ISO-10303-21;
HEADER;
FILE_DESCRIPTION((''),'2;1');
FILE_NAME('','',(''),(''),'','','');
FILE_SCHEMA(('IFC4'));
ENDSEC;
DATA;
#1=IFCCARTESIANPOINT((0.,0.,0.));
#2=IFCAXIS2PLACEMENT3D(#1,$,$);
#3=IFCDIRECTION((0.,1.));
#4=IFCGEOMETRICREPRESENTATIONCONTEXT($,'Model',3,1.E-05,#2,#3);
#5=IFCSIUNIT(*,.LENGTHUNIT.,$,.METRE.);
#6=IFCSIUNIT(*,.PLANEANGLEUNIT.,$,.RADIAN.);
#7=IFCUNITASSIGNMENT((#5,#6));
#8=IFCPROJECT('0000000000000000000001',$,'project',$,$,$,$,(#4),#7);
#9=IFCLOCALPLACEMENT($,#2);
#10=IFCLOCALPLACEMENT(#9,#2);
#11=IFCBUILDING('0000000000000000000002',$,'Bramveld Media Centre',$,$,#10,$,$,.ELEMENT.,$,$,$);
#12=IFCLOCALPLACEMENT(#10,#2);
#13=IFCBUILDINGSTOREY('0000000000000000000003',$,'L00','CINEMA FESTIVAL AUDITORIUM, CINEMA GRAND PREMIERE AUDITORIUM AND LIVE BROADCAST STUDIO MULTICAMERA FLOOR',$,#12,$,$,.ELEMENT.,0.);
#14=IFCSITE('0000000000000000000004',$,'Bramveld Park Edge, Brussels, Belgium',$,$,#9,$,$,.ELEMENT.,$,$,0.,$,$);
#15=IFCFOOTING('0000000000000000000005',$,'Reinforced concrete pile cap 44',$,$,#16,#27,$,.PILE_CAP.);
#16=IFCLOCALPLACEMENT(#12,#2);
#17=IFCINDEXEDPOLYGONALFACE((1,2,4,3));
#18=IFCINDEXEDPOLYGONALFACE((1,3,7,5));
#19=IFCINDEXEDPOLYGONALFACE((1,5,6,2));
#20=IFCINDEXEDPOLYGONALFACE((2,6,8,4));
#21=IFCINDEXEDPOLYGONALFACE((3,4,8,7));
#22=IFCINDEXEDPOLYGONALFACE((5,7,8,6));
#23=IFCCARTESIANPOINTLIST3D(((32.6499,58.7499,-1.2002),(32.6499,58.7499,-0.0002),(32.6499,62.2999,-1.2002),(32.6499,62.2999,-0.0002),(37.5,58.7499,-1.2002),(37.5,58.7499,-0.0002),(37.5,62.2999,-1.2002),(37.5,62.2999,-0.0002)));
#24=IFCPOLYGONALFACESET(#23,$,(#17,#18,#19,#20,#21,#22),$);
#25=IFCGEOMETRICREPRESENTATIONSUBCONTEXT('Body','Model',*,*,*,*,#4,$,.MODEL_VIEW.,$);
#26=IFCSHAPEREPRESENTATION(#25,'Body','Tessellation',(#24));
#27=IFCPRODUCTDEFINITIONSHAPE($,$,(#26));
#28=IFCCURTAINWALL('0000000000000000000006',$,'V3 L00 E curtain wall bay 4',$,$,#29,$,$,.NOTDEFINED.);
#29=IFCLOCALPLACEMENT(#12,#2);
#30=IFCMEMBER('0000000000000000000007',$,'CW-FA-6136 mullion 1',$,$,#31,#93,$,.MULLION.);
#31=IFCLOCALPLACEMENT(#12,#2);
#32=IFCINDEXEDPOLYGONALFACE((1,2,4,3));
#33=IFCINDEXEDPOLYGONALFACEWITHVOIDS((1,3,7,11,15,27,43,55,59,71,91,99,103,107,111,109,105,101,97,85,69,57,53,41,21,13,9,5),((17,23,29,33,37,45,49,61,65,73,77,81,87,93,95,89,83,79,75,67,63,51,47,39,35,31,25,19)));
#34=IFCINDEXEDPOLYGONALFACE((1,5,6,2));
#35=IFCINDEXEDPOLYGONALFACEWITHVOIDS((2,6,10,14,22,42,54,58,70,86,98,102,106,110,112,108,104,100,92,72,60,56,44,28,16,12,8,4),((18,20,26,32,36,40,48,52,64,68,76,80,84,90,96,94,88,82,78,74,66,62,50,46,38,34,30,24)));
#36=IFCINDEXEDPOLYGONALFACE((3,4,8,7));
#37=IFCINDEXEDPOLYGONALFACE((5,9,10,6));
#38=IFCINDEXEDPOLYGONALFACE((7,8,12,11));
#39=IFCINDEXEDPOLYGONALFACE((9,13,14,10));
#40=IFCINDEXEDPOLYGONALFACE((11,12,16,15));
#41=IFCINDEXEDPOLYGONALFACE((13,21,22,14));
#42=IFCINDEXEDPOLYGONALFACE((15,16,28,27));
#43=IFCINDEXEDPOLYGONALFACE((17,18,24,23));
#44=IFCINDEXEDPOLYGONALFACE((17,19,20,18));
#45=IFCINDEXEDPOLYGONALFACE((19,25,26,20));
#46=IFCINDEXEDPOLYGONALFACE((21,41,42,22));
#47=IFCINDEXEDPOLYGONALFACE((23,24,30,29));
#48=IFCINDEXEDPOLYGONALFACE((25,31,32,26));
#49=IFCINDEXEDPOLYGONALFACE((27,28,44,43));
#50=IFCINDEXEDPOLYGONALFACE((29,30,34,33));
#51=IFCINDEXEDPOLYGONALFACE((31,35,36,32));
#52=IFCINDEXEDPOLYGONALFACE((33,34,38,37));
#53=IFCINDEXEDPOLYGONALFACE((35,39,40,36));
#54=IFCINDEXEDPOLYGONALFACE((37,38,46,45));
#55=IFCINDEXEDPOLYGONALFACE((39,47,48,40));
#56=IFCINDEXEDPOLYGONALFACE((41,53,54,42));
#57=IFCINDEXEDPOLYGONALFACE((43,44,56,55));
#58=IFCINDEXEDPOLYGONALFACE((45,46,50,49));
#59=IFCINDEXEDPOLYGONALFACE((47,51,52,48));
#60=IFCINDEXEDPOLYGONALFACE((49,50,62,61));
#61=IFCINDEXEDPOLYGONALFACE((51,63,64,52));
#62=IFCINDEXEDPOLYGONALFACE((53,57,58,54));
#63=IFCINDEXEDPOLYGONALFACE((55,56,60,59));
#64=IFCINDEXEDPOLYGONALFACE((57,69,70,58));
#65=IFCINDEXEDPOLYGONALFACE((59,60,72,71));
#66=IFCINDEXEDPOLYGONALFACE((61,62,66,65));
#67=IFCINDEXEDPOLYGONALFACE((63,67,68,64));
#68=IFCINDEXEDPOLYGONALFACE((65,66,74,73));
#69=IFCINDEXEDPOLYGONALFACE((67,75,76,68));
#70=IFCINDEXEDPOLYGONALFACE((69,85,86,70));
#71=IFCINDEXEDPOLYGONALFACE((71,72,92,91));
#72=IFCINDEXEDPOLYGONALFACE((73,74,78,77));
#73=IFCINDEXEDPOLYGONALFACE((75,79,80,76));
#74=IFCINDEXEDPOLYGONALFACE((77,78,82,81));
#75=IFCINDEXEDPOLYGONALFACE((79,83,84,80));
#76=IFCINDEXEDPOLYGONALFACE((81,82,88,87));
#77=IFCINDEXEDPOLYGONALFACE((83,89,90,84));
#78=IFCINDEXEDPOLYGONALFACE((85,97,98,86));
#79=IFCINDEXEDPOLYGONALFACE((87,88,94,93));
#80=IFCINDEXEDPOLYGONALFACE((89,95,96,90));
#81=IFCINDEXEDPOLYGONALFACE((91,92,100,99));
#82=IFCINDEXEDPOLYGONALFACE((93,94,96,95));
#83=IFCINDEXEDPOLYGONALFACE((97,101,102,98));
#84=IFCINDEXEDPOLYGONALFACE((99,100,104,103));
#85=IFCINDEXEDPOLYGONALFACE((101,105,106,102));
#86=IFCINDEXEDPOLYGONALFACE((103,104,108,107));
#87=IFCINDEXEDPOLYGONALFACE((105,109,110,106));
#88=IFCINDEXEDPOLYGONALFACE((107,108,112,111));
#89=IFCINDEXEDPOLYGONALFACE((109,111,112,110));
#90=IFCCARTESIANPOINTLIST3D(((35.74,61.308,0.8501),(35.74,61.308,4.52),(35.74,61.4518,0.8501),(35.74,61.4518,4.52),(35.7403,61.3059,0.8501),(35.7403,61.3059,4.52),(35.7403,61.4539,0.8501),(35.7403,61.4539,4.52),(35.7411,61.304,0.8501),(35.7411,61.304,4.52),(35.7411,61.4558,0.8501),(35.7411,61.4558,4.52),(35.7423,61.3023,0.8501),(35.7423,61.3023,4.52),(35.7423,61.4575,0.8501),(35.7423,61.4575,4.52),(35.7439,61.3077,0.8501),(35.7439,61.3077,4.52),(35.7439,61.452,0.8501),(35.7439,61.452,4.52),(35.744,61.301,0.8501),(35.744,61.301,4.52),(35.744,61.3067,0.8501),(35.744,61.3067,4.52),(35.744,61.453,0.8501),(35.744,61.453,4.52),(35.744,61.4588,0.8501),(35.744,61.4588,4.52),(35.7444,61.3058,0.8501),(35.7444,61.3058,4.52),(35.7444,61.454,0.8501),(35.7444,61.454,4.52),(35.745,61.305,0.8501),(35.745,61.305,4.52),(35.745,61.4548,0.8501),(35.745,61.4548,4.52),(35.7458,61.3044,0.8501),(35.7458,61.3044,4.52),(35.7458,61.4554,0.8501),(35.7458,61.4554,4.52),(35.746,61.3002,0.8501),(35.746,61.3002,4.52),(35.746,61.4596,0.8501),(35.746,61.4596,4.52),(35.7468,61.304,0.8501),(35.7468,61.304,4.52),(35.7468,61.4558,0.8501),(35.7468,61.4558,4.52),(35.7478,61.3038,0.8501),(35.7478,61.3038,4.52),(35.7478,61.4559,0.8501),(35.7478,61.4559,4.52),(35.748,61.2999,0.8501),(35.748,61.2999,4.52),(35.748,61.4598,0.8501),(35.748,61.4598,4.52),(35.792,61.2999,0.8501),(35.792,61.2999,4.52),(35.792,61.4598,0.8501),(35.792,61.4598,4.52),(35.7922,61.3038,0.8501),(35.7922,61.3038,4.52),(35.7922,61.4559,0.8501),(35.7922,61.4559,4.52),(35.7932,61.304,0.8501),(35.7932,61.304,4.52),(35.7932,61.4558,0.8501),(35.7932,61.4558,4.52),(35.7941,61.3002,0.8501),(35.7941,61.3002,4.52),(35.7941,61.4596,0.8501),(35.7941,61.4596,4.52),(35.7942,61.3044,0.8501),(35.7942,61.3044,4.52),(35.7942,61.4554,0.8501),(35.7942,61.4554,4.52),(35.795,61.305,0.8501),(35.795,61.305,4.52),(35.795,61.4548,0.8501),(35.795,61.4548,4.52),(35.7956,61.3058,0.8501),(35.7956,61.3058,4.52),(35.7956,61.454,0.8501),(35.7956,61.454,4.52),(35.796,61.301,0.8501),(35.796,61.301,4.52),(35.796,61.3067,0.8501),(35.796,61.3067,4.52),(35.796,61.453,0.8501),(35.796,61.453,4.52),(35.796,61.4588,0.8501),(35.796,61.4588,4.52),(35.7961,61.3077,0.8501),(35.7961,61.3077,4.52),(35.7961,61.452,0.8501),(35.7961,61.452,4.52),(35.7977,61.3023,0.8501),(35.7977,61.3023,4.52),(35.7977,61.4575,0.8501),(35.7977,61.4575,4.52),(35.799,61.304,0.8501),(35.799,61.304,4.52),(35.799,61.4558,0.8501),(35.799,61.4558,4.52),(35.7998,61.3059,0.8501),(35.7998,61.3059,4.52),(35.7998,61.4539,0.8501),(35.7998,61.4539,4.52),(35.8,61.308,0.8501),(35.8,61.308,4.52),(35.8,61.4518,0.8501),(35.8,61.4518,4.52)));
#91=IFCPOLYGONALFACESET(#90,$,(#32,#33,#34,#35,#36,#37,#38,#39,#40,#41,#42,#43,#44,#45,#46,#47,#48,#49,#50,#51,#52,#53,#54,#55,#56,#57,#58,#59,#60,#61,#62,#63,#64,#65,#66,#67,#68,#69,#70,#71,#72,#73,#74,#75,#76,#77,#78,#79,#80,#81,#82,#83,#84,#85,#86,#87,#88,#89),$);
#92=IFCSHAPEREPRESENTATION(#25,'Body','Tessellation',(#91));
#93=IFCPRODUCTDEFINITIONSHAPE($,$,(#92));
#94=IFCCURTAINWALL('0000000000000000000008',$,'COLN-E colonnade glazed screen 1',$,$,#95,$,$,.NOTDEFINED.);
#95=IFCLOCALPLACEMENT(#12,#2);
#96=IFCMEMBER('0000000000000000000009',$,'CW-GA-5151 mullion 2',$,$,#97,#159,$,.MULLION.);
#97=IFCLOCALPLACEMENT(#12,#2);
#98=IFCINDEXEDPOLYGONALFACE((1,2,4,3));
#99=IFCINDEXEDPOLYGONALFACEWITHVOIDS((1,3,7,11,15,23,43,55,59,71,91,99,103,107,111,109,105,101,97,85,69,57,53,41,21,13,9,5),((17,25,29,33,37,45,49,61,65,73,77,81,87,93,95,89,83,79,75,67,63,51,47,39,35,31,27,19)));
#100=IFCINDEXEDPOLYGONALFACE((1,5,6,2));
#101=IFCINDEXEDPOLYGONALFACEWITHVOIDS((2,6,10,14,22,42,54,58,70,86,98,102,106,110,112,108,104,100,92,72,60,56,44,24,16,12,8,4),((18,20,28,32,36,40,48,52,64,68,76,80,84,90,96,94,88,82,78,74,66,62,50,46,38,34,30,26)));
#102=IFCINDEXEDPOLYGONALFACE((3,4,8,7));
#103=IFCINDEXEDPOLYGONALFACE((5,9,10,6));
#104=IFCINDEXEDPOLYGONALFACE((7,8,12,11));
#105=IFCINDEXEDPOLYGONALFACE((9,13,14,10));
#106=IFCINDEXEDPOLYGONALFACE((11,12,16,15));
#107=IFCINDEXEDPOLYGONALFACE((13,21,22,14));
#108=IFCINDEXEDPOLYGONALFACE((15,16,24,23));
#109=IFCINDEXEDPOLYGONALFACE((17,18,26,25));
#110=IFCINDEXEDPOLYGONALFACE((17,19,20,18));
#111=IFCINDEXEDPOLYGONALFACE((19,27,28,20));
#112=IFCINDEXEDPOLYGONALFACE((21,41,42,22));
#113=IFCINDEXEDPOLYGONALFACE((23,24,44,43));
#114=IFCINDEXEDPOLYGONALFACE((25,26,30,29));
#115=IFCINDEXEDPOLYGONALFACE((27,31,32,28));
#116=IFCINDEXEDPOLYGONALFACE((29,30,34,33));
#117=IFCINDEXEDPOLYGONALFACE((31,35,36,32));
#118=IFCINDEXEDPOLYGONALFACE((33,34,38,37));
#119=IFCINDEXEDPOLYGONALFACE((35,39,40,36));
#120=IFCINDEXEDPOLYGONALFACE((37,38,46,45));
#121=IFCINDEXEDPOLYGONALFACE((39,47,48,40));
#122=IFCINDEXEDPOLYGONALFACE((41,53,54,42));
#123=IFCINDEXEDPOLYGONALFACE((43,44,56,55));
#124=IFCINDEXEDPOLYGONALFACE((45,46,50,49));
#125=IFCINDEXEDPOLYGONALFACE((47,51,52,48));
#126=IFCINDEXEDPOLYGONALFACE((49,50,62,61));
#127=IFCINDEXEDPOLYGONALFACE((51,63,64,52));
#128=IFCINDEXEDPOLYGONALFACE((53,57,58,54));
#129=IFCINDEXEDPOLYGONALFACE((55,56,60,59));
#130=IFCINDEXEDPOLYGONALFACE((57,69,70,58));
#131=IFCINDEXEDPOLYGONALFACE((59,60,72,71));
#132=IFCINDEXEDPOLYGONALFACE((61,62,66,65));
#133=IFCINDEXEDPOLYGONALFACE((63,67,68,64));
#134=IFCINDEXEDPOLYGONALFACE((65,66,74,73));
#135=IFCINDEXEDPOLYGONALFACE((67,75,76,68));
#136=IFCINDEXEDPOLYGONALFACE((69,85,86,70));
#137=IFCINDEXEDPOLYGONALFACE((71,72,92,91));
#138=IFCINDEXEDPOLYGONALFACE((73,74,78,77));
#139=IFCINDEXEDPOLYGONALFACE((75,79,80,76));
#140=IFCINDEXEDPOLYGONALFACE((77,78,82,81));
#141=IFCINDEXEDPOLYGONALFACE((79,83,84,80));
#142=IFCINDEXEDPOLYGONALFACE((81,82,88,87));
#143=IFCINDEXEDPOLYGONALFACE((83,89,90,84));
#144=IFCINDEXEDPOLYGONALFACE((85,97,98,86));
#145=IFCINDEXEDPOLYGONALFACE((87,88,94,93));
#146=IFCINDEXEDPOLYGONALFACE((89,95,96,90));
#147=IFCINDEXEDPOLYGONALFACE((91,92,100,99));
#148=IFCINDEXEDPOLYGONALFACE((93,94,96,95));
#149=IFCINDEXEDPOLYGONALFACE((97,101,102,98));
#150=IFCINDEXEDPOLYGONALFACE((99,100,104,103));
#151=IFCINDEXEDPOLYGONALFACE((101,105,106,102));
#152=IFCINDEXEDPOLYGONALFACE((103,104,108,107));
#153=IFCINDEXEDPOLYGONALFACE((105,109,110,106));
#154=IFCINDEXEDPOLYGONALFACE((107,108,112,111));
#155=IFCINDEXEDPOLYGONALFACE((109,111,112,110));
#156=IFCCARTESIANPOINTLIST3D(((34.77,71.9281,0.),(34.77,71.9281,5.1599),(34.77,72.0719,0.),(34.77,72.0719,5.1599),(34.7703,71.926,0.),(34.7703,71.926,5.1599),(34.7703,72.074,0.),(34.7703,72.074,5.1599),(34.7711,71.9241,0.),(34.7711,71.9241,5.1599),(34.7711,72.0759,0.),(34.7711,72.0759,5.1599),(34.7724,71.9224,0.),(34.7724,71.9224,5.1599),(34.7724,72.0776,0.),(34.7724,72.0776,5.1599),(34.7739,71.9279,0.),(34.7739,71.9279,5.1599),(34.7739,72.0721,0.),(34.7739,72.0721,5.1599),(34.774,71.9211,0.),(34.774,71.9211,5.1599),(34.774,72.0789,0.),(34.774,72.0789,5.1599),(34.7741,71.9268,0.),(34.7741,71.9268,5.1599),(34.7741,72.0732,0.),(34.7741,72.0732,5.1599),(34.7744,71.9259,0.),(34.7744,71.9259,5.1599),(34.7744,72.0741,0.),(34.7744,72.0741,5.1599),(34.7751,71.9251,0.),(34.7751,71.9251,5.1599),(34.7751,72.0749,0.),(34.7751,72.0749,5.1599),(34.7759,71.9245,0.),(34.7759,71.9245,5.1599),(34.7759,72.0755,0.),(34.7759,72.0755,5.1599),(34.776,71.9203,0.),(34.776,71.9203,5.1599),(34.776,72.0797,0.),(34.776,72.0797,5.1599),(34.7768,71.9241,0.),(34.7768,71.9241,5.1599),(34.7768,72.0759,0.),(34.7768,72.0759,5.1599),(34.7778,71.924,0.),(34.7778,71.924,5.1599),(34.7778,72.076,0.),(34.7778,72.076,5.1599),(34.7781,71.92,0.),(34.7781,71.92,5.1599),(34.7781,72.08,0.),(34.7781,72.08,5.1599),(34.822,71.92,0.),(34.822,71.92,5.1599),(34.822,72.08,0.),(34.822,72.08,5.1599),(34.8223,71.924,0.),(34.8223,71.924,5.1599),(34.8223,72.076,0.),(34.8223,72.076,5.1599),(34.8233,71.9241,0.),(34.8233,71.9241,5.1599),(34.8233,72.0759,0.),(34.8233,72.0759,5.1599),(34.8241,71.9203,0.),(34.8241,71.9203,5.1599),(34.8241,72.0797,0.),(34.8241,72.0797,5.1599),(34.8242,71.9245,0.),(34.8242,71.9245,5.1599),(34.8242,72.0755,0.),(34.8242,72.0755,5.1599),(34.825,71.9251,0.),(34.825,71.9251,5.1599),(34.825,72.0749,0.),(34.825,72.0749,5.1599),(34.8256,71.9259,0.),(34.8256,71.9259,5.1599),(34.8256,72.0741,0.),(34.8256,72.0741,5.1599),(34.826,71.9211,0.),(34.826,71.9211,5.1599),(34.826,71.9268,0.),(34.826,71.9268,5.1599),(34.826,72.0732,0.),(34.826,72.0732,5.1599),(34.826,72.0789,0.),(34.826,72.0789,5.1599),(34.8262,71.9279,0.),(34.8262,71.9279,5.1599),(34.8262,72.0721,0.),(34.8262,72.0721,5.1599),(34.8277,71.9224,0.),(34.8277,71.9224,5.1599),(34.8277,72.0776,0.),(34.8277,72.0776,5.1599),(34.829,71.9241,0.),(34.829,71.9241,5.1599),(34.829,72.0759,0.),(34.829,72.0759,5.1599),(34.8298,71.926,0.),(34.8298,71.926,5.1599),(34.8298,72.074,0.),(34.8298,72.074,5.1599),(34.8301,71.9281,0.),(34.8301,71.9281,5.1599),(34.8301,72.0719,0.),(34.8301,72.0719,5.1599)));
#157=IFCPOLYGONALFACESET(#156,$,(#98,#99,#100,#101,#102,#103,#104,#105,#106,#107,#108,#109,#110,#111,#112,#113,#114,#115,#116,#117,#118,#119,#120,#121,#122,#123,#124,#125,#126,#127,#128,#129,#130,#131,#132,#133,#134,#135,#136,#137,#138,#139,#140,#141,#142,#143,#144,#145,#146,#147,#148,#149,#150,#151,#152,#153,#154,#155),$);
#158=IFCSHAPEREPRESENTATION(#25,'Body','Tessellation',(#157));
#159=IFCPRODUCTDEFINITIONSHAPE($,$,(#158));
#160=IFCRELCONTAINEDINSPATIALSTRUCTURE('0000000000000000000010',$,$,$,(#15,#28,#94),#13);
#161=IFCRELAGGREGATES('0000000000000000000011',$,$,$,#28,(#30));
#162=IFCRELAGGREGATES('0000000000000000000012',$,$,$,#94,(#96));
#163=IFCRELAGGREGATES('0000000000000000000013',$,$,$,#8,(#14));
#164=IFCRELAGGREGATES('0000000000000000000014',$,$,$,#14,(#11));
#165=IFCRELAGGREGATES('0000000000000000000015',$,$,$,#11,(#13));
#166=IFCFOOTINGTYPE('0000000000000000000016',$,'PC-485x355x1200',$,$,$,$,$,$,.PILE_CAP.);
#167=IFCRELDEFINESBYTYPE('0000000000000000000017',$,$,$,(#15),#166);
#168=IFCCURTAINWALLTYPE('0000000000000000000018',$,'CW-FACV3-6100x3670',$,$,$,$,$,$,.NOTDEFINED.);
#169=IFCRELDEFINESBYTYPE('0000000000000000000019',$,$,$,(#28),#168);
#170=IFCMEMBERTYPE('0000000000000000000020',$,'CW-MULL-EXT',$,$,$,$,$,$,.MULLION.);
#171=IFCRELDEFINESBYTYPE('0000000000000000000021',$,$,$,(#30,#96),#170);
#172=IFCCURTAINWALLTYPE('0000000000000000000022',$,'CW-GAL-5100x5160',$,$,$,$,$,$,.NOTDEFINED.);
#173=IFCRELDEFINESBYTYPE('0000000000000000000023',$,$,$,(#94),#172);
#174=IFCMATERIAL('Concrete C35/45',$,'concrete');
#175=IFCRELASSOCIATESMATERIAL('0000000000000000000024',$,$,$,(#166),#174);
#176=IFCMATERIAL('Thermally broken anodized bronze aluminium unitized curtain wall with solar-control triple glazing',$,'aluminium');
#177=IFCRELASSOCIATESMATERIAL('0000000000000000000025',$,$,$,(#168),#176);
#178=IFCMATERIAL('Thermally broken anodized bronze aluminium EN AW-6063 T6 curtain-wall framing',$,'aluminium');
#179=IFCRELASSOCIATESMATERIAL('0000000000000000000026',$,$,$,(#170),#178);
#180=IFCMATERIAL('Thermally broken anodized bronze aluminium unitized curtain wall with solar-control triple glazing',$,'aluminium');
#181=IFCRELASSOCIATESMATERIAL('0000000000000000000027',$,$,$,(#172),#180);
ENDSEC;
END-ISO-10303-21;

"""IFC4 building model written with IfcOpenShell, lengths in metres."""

from ifc_helpers import new_model, si_unit, direction, frame, origin, origin_2d, place, context, subcontext, project, spatial, rectangle, hollow_rectangle, extrude, material, material_profile, profile_set, type_object, element, aggregate, save


model = new_model("IFC4")

# Units and contexts
model_context = context("Model", 3, precision=1e-05, world=origin(), true_north=direction((0.0, 1.0)))
body_context = subcontext(model_context, "Body", "Model", "MODEL_VIEW")
ifc_project = project(units=[si_unit("LENGTHUNIT", "METRE"), si_unit("PLANEANGLEUNIT", "RADIAN")], contexts=[model_context])

# Site, building, storey
site_placement = place(None, origin())
site = spatial("IfcSite", under=ifc_project, at=site_placement, Name="Bramveld Park Edge, Brussels, Belgium", CompositionType="ELEMENT", RefElevation=0.0)
building_placement = place(site_placement, origin())
building = spatial("IfcBuilding", under=site, at=building_placement, Name="Bramveld Media Centre", CompositionType="ELEMENT")
storey_placement = place(building_placement, origin())
storey = spatial("IfcBuildingStorey", under=building, at=storey_placement, Name="L00", Description="CINEMA FESTIVAL AUDITORIUM, CINEMA GRAND PREMIERE AUDITORIUM AND LIVE BROADCAST STUDIO MULTICAMERA FLOOR", CompositionType="ELEMENT", Elevation=0.0)

# Footing
ifc_material_1 = material(Name="Concrete C35/45", Category="concrete")
footing_type = type_object("IfcFootingType", Name="PC-485x355x1200", PredefinedType="PILE_CAP", material=ifc_material_1)
footing_placement = place(storey_placement, frame((35.075, 60.5249, -1.2002), z_axis=(0.0, 0.0, 1.0), x_axis=(1.0, 0.0, 0.0)))
element("IfcFooting", 1, at=footing_placement, inside=storey, type_object=footing_type, Name="Reinforced concrete pile cap 44", PredefinedType="PILE_CAP", context=body_context, shape_type="SweptSolid", body=[
    extrude(rectangle(XDim=4.8501, YDim=3.55, at=origin_2d()), origin(), (0.0, 0.0, 1.0), 1.2),
])

# Curtain wall, member
ifc_material_2 = material(Name="Thermally broken anodized bronze aluminium unitized curtain wall with solar-control triple glazing", Category="aluminium")
curtain_wall_type_1 = type_object("IfcCurtainWallType", Name="CW-FACV3-6100x3670", PredefinedType="NOTDEFINED", material=ifc_material_2)
curtain_wall_1_placement = place(storey_placement, origin())
curtain_wall_1 = element("IfcCurtainWall", 2, at=curtain_wall_1_placement, inside=storey, type_object=curtain_wall_type_1, Name="V3 L00 E curtain wall bay 4", PredefinedType="NOTDEFINED")
ifc_material_3 = material(Name="Thermally broken anodized bronze aluminium EN AW-6063 T6 curtain-wall framing", Category="aluminium")
ifc_material_profile_1 = material_profile(ifc_material_3, hollow_rectangle(XDim=0.0601, YDim=0.1599, WallThickness=0.0039, InnerFilletRadius=0.0039, OuterFilletRadius=0.0081, at=origin_2d()), Name="AL-MULL 60x160")
ifc_profile_set_1 = profile_set([ifc_material_profile_1], Name="Thermally broken anodized bronze aluminium EN AW-6063 T6 curtain-wall framing")
member_type_1 = type_object("IfcMemberType", Name="CW-MULL-EXT", PredefinedType="MULLION", material=ifc_profile_set_1)
member_1_placement = place(storey_placement, frame((35.77, 61.3799, 0.8501), z_axis=(0.0, 0.0, 1.0), x_axis=(-1.0, 0.0, 0.0)))
member_1 = element("IfcMember", 3, at=member_1_placement, type_object=member_type_1, Name="CW-FA-6136 mullion 1", PredefinedType="MULLION", context=body_context, shape_type="SweptSolid", body=[
    extrude(hollow_rectangle(XDim=0.0601, YDim=0.1599, WallThickness=0.0039, InnerFilletRadius=0.0039, OuterFilletRadius=0.0081, at=origin_2d()), origin(), (0.0, 0.0, 1.0), 3.6699),
])

# Curtain wall, member
ifc_material_4 = material(Name="Thermally broken anodized bronze aluminium unitized curtain wall with solar-control triple glazing", Category="aluminium")
curtain_wall_type_2 = type_object("IfcCurtainWallType", Name="CW-GAL-5100x5160", PredefinedType="NOTDEFINED", material=ifc_material_4)
curtain_wall_2_placement = place(storey_placement, origin())
curtain_wall_2 = element("IfcCurtainWall", 4, at=curtain_wall_2_placement, inside=storey, type_object=curtain_wall_type_2, Name="COLN-E colonnade glazed screen 1", PredefinedType="NOTDEFINED")
member_2_placement = place(storey_placement, frame((34.8, 72.0, 0.0), z_axis=(0.0, 0.0, 1.0), x_axis=(-1.0, 0.0, 0.0)))
member_2 = element("IfcMember", 5, at=member_2_placement, type_object=member_type_1, Name="CW-GA-5151 mullion 2", PredefinedType="MULLION", context=body_context, shape_type="SweptSolid", body=[
    extrude(hollow_rectangle(XDim=0.0601, YDim=0.1599, WallThickness=0.0039, InnerFilletRadius=0.0039, OuterFilletRadius=0.0081, at=origin_2d()), origin(), (0.0, 0.0, 1.0), 5.1599),
])

aggregate(curtain_wall_1, [member_1])

aggregate(curtain_wall_2, [member_2])

save(model, "model.ifc")
